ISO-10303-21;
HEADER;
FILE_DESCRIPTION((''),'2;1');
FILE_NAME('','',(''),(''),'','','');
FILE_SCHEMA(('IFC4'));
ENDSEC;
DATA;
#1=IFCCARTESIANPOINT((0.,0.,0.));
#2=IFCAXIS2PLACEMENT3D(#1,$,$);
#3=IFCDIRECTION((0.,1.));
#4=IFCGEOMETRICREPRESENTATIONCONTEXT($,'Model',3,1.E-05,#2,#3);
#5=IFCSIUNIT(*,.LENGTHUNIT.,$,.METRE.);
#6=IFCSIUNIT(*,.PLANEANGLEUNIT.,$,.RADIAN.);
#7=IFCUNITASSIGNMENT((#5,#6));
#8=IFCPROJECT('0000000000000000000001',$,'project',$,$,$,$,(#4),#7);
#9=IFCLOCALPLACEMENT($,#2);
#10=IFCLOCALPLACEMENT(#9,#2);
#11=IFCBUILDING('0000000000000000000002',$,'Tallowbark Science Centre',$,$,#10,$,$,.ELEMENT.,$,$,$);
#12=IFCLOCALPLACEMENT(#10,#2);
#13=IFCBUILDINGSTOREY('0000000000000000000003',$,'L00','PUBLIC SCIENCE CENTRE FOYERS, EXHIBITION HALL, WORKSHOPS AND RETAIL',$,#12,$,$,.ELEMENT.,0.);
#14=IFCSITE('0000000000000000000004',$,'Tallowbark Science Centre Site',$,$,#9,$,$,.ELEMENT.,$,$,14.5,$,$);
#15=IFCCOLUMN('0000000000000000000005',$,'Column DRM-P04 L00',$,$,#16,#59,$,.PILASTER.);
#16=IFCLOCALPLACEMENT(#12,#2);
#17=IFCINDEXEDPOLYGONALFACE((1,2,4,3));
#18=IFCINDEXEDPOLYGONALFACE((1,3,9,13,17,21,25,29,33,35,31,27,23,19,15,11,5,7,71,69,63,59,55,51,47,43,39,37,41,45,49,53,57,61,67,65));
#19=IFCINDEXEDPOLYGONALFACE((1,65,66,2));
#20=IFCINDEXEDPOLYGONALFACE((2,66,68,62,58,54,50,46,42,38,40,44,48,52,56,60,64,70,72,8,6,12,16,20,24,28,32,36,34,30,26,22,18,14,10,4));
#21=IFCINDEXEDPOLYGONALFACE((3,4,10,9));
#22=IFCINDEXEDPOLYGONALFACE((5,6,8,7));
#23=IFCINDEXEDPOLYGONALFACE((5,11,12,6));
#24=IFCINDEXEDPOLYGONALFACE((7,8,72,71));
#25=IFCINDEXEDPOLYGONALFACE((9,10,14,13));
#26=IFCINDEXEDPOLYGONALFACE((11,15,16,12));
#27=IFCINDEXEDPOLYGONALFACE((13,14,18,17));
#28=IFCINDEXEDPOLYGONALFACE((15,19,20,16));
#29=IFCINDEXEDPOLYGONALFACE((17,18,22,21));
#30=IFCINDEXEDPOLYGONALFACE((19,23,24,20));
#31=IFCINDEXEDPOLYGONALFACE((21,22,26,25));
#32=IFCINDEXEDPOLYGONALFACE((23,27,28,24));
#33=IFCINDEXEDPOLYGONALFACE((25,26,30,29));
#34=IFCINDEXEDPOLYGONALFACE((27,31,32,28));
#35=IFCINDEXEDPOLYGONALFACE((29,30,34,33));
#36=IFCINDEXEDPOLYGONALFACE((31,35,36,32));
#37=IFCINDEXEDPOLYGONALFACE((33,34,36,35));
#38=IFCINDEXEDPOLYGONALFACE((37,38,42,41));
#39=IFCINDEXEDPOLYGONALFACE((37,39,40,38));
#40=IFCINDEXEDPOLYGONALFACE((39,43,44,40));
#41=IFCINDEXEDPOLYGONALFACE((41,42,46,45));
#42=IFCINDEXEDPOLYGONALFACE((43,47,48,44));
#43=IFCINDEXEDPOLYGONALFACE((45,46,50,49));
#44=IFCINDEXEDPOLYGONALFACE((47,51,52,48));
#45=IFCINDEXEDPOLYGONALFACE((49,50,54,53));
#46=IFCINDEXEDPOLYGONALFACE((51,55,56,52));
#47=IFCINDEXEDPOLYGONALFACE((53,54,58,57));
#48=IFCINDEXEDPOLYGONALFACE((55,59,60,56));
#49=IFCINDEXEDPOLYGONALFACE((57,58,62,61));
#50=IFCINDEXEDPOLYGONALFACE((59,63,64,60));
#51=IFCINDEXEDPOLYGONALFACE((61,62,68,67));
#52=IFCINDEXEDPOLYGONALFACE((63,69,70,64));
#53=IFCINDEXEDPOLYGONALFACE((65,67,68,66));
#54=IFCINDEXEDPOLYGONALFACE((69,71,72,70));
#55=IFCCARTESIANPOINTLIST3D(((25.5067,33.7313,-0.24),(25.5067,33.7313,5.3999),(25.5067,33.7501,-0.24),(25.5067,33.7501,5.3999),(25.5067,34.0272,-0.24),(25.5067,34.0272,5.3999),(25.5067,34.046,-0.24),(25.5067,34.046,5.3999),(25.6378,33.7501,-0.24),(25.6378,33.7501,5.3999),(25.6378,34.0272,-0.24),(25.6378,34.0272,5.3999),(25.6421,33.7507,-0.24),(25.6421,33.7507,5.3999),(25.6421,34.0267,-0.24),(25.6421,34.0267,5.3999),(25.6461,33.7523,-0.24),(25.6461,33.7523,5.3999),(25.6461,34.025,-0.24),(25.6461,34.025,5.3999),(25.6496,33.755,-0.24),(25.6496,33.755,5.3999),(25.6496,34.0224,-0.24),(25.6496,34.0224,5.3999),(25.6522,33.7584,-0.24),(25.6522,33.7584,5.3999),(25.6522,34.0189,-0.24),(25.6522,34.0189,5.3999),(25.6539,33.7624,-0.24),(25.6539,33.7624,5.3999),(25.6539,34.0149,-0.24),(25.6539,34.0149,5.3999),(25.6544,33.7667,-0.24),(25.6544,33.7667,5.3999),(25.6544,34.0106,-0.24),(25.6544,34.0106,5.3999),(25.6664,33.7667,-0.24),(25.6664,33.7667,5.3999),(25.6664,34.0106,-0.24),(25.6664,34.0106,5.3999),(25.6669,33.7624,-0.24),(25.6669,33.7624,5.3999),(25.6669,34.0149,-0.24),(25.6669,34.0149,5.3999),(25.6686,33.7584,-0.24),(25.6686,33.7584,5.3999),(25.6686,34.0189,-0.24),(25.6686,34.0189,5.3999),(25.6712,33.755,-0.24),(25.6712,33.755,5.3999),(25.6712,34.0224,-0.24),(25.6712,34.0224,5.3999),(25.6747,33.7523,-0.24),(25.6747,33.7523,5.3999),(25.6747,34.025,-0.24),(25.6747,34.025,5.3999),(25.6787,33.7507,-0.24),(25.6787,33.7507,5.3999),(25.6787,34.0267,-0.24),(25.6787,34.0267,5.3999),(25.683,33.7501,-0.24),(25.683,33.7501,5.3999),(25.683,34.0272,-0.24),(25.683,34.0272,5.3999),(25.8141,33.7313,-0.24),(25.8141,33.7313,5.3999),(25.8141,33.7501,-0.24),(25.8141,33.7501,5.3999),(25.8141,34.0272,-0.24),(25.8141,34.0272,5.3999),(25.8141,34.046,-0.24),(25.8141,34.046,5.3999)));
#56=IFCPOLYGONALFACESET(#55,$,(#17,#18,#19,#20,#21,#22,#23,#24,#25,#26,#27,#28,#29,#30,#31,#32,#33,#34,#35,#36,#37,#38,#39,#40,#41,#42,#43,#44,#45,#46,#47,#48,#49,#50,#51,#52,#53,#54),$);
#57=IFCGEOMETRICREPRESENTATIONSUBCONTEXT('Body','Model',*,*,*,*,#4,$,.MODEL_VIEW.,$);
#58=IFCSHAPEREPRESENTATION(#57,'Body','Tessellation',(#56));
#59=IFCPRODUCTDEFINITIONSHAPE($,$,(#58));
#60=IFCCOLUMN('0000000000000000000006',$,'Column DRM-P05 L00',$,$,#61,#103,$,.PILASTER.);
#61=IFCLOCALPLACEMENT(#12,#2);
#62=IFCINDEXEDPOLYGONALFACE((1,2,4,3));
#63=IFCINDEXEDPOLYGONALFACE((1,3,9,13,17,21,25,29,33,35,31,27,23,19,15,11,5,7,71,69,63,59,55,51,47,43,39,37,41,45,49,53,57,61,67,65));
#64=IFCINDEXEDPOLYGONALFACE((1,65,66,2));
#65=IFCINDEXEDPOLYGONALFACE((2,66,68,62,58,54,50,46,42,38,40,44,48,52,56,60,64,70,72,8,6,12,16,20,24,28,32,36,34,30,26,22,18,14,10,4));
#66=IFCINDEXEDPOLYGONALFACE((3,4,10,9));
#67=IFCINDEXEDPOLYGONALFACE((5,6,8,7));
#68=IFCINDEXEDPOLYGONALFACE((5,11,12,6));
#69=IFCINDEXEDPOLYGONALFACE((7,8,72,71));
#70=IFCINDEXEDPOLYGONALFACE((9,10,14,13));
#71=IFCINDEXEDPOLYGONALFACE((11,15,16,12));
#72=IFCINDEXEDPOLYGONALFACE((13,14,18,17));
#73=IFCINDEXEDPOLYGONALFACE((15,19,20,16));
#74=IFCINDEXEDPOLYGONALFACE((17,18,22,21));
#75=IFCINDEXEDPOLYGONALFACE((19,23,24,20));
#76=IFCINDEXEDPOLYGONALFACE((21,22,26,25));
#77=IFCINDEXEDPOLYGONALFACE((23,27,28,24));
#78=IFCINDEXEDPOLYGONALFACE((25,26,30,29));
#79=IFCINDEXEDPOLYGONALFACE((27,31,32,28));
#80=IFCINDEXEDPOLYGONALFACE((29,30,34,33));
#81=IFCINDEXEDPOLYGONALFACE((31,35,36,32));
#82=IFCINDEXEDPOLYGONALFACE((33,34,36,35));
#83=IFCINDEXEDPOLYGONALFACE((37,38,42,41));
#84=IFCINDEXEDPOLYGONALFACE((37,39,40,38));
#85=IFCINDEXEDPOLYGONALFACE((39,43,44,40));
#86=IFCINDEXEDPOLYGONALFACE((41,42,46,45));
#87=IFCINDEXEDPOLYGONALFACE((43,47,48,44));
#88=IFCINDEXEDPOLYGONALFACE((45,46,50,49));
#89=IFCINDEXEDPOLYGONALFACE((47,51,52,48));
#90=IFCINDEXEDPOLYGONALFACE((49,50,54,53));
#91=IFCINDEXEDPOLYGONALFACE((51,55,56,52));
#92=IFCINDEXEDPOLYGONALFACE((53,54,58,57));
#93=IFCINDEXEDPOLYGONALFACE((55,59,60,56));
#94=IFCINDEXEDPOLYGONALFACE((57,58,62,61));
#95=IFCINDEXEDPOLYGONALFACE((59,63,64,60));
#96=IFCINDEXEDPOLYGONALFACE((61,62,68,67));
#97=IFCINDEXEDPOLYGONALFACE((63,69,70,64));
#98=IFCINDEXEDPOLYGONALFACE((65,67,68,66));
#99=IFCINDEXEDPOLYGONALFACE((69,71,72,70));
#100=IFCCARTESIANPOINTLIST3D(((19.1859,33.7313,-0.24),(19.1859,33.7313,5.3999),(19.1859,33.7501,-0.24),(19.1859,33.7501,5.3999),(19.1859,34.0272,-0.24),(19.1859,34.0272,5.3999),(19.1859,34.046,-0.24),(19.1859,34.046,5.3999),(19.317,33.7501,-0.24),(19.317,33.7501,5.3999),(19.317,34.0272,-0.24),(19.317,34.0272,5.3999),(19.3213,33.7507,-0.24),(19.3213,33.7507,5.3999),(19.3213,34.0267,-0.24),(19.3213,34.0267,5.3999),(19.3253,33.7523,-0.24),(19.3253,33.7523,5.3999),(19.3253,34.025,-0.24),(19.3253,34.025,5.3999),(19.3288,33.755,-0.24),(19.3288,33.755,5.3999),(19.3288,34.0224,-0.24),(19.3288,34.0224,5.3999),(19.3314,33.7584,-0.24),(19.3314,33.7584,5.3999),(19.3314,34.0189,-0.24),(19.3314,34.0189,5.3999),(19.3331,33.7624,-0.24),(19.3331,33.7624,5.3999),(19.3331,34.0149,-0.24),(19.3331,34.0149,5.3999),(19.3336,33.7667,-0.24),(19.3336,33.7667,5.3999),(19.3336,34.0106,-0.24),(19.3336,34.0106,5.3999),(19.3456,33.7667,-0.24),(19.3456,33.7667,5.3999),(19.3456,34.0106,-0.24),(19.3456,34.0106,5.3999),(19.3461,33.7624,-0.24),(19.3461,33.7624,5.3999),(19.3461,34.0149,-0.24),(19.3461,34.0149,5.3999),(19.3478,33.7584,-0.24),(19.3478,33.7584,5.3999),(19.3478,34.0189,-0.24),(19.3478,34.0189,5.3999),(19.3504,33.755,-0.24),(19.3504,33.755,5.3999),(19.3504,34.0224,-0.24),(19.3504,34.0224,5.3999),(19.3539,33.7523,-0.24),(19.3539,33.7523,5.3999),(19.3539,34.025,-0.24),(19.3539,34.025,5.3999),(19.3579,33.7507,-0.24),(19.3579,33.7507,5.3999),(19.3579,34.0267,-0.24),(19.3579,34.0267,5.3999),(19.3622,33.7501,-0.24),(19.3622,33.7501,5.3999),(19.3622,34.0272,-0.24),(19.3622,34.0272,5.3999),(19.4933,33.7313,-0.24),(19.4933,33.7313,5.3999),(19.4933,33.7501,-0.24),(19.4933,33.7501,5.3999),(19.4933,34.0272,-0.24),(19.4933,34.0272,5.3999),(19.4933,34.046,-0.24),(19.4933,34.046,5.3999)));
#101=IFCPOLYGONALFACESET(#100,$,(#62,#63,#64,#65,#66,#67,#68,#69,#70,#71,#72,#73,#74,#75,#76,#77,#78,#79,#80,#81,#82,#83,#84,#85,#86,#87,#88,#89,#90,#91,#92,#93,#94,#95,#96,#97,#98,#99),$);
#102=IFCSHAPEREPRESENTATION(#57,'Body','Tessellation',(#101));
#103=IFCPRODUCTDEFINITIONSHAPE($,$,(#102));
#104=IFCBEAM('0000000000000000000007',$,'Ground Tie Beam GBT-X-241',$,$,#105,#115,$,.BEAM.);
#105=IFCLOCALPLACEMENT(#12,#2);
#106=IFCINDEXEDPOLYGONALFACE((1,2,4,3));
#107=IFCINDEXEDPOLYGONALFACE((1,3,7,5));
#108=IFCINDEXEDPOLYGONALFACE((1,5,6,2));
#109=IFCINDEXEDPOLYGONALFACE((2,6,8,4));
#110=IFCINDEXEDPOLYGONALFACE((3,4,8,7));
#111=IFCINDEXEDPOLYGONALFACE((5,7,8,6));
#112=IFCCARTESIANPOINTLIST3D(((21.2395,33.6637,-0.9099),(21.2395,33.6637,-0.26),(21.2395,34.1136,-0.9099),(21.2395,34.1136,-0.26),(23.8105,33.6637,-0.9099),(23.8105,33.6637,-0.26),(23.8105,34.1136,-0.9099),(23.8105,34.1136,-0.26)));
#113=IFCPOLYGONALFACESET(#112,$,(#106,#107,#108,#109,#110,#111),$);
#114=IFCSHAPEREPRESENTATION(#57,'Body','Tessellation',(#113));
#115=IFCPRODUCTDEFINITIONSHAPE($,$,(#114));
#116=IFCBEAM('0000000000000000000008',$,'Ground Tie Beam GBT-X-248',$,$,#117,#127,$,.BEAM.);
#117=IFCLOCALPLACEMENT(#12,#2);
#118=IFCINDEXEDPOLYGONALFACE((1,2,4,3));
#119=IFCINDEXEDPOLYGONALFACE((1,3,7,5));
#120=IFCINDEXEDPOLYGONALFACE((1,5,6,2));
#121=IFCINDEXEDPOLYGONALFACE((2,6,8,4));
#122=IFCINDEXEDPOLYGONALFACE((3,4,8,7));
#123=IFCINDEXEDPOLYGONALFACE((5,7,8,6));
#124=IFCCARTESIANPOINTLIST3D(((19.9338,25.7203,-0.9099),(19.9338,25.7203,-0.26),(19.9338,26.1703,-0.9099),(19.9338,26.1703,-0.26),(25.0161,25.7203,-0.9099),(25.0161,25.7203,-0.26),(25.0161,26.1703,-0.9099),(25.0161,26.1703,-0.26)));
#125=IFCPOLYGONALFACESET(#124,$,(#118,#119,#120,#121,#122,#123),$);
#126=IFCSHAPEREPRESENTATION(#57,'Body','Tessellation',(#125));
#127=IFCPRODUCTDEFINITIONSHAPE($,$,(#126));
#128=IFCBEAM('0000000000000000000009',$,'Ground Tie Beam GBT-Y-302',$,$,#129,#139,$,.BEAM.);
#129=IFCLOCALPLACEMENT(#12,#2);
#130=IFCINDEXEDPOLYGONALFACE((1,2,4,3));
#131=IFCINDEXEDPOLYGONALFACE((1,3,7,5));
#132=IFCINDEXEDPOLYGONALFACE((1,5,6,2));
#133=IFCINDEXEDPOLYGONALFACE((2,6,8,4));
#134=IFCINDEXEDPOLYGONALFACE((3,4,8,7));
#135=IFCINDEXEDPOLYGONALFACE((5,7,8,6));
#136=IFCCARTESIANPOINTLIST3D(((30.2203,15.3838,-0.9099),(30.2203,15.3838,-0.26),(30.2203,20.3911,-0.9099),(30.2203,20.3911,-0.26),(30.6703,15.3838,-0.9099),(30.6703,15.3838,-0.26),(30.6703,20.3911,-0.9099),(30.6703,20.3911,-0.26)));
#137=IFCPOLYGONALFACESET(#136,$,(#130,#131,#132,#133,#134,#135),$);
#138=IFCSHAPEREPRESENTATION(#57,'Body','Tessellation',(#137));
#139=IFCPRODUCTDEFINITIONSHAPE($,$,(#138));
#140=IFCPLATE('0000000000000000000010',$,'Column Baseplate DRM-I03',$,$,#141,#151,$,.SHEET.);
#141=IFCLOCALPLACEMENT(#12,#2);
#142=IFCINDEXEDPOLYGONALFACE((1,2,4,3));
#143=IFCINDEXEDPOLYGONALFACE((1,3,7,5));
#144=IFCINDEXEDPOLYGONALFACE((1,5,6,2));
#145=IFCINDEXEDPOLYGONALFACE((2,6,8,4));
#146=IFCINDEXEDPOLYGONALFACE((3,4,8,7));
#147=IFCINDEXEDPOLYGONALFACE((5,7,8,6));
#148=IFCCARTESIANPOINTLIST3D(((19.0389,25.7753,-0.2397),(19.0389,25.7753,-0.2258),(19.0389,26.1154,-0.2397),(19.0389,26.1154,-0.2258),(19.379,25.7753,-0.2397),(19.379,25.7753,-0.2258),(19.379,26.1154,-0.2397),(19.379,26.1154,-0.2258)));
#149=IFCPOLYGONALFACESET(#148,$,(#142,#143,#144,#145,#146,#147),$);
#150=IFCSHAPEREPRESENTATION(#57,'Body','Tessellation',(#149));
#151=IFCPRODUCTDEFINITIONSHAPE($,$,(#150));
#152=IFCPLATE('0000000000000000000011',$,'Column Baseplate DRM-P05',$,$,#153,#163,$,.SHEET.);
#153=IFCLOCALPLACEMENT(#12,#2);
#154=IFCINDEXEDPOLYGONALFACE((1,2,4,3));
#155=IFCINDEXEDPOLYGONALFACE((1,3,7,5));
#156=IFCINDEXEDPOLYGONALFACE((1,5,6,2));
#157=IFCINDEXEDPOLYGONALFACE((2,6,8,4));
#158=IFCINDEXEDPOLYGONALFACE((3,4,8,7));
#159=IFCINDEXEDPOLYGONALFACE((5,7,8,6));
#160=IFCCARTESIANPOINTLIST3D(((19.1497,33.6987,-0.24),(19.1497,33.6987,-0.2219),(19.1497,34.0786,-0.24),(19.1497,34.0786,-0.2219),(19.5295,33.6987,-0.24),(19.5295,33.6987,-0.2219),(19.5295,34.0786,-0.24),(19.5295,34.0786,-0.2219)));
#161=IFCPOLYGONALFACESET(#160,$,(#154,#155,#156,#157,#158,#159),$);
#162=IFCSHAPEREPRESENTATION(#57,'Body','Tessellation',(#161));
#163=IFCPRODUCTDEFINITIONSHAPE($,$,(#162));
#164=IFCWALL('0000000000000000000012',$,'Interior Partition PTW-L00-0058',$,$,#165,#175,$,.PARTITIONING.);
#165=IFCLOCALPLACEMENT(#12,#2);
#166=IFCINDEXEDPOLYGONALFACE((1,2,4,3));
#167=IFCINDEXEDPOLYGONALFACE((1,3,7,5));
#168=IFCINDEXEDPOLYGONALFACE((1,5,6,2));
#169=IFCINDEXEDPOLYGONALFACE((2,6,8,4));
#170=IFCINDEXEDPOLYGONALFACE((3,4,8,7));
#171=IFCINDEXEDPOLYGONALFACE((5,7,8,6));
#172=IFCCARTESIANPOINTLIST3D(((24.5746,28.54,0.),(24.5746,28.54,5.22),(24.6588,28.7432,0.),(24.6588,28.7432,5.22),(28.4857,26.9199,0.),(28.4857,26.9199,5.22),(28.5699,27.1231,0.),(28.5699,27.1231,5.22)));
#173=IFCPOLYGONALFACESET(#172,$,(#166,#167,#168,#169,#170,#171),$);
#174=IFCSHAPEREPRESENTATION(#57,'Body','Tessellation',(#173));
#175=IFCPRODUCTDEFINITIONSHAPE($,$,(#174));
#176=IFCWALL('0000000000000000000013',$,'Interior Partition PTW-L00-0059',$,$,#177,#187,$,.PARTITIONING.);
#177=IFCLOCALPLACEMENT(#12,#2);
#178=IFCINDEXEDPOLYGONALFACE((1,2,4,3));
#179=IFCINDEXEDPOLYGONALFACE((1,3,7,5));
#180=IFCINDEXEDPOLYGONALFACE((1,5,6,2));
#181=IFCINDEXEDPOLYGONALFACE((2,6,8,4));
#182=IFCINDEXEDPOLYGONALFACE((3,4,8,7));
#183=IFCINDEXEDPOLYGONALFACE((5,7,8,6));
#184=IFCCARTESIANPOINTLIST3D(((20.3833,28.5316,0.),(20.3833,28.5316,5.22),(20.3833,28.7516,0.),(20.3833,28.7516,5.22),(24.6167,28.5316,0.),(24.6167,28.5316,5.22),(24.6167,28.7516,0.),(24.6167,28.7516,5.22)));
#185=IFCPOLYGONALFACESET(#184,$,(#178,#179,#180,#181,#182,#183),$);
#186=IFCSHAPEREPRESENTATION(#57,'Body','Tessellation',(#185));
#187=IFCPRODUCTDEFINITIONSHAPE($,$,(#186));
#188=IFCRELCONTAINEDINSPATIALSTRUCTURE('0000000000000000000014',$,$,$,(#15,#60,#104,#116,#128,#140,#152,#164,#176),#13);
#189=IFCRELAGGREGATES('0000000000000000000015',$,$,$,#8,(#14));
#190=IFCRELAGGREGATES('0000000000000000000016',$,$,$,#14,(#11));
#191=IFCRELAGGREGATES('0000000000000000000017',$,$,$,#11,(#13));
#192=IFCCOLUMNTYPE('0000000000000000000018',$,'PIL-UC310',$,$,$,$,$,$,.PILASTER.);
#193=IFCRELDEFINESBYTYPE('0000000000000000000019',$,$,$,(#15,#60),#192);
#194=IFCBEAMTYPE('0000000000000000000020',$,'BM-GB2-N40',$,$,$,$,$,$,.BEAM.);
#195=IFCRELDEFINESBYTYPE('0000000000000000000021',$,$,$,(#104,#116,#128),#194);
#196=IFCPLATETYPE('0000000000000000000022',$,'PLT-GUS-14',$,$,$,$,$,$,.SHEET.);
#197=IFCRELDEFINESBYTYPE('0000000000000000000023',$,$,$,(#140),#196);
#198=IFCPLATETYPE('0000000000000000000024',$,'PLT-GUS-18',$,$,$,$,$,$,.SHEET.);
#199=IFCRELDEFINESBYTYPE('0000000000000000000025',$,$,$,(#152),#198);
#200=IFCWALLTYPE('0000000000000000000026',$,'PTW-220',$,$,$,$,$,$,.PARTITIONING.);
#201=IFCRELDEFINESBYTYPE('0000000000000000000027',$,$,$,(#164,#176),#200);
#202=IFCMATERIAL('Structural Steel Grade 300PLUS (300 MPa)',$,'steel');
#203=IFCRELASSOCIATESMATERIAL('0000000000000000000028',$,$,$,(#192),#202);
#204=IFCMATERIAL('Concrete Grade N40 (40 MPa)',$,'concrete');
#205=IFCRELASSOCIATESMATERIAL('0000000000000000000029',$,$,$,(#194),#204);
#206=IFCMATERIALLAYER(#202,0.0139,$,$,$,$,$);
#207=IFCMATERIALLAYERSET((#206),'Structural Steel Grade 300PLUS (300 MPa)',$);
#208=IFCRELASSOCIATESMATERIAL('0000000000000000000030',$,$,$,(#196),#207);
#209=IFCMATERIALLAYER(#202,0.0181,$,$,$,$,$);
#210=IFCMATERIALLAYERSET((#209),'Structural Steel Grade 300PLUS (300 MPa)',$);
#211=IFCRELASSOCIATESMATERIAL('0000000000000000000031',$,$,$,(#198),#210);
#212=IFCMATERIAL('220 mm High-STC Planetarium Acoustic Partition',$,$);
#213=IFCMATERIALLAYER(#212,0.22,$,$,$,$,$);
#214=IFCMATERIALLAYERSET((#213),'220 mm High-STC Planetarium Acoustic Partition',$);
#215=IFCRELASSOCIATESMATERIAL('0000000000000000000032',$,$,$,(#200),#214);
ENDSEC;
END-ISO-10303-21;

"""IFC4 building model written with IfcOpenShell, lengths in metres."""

from ifc_helpers import new_model, si_unit, direction, frame, frame_2d, origin, origin_2d, place, context, subcontext, project, spatial, rectangle, i_section, extrude, material, layer, layer_set, material_profile, profile_set, type_object, element, save


model = new_model("IFC4")

# Units and contexts
model_context = context("Model", 3, precision=1e-05, world=origin(), true_north=direction((0.0, 1.0)))
body_context = subcontext(model_context, "Body", "Model", "MODEL_VIEW")
ifc_project = project(units=[si_unit("LENGTHUNIT", "METRE"), si_unit("PLANEANGLEUNIT", "RADIAN")], contexts=[model_context])

# Site, building, storey
site_placement = place(None, origin())
site = spatial("IfcSite", under=ifc_project, at=site_placement, Name="Tallowbark Science Centre Site", CompositionType="ELEMENT", RefElevation=14.5)
building_placement = place(site_placement, origin())
building = spatial("IfcBuilding", under=site, at=building_placement, Name="Tallowbark Science Centre", CompositionType="ELEMENT")
storey_placement = place(building_placement, origin())
storey = spatial("IfcBuildingStorey", under=building, at=storey_placement, Name="L00", Description="PUBLIC SCIENCE CENTRE FOYERS, EXHIBITION HALL, WORKSHOPS AND RETAIL", CompositionType="ELEMENT", Elevation=0.0)

# Shared definitions
ifc_material_1 = material(Name="Concrete Grade N40 (40 MPa)", Category="concrete")

# Columns
ifc_material_2 = material(Name="Structural Steel Grade 300PLUS (300 MPa)", Category="steel")
ifc_material_profile_1 = material_profile(ifc_material_2, i_section(OverallWidth=0.3074, OverallDepth=0.3147, WebThickness=0.012, FlangeThickness=0.0188, FilletRadius=0.0166, at=origin_2d()), Name="310UC118")
ifc_profile_set_1 = profile_set([ifc_material_profile_1], Name="Structural Steel Grade 300PLUS (300 MPa)")
column_type_1 = type_object("IfcColumnType", Name="PIL-UC310", PredefinedType="PILASTER", material=ifc_profile_set_1)
for number, where, z_axis, x_axis, name in (
    (1, (25.6604, 33.8887, -0.24), (0.0, 0.0, 1.0), (1.0, 0.0, 0.0), "Column DRM-P04 L00"),
    (2, (19.3396, 33.8887, -0.24), (0.0, 0.0, 1.0), (1.0, 0.0, 0.0), "Column DRM-P05 L00"),
):
    element("IfcColumn", number, at=place(storey_placement, frame(where, z_axis=z_axis, x_axis=x_axis)), inside=storey, type_object=column_type_1, Name=name, PredefinedType="PILASTER", context=body_context, shape_type="SweptSolid", body=[
        extrude(i_section(OverallWidth=0.3074, OverallDepth=0.3147, WebThickness=0.012, FlangeThickness=0.0188, FilletRadius=0.0166, at=origin_2d()), origin(), (0.0, 0.0, 1.0), 5.6399),
    ])

# Beams
ifc_material_profile_2 = material_profile(ifc_material_1, rectangle(XDim=0.45, YDim=0.6499, at=origin_2d()), Name="RC450x650")
ifc_profile_set_2 = profile_set([ifc_material_profile_2], Name="Concrete Grade N40 (40 MPa)")
beam_type = type_object("IfcBeamType", Name="BM-GB2-N40", PredefinedType="BEAM", material=ifc_profile_set_2)
beam_1_placement = place(storey_placement, frame((21.2395, 33.8887, -0.585), z_axis=(1.0, 0.0, 0.0), x_axis=(0.0, 1.0, 0.0)))
element("IfcBeam", 3, at=beam_1_placement, inside=storey, type_object=beam_type, Name="Ground Tie Beam GBT-X-241", PredefinedType="BEAM", context=body_context, shape_type="SweptSolid", body=[
    extrude(rectangle(XDim=0.45, YDim=0.6499, at=origin_2d()), origin(), (0.0, 0.0, 1.0), 2.571),
])
beam_2_placement = place(storey_placement, frame((19.9338, 25.9453, -0.585), z_axis=(1.0, 0.0, 0.0), x_axis=(0.0, 1.0, 0.0)))
element("IfcBeam", 4, at=beam_2_placement, inside=storey, type_object=beam_type, Name="Ground Tie Beam GBT-X-248", PredefinedType="BEAM", context=body_context, shape_type="SweptSolid", body=[
    extrude(rectangle(XDim=0.45, YDim=0.6499, at=origin_2d()), origin(), (0.0, 0.0, 1.0), 5.0823),
])
beam_3_placement = place(storey_placement, frame((30.4453, 15.3838, -0.585), z_axis=(0.0, 1.0, 0.0), x_axis=(-1.0, 0.0, 0.0)))
element("IfcBeam", 5, at=beam_3_placement, inside=storey, type_object=beam_type, Name="Ground Tie Beam GBT-Y-302", PredefinedType="BEAM", context=body_context, shape_type="SweptSolid", body=[
    extrude(rectangle(XDim=0.45, YDim=0.6499, at=origin_2d()), origin(), (0.0, 0.0, 1.0), 5.0073),
])

# Plates
ifc_layer_1 = layer(ifc_material_2, 0.0139)
ifc_layer_set_1 = layer_set([ifc_layer_1], Name="Structural Steel Grade 300PLUS (300 MPa)")
plate_type_1 = type_object("IfcPlateType", Name="PLT-GUS-14", PredefinedType="SHEET", material=ifc_layer_set_1)
plate_1_placement = place(storey_placement, frame((19.209, 25.9453, -0.2397), z_axis=(0.0, 0.0, 1.0), x_axis=(1.0, 0.0, 0.0)))
element("IfcPlate", 6, at=plate_1_placement, inside=storey, type_object=plate_type_1, Name="Column Baseplate DRM-I03", PredefinedType="SHEET", context=body_context, shape_type="SweptSolid", body=[
    extrude(rectangle(XDim=0.3401, YDim=0.3401, at=origin_2d()), origin(), (0.0, 0.0, 1.0), 0.0139),
])
ifc_layer_2 = layer(ifc_material_2, 0.0181)
ifc_layer_set_2 = layer_set([ifc_layer_2], Name="Structural Steel Grade 300PLUS (300 MPa)")
plate_type_2 = type_object("IfcPlateType", Name="PLT-GUS-18", PredefinedType="SHEET", material=ifc_layer_set_2)
plate_2_placement = place(storey_placement, frame((19.3396, 33.8887, -0.24), z_axis=(0.0, 0.0, 1.0), x_axis=(1.0, 0.0, 0.0)))
element("IfcPlate", 7, at=plate_2_placement, inside=storey, type_object=plate_type_2, Name="Column Baseplate DRM-P05", PredefinedType="SHEET", context=body_context, shape_type="SweptSolid", body=[
    extrude(rectangle(XDim=0.3799, YDim=0.3799, at=origin_2d()), origin(), (0.0, 0.0, 1.0), 0.0181),
])

# Walls
ifc_material_3 = material(Name="220 mm High-STC Planetarium Acoustic Partition")
ifc_layer_3 = layer(ifc_material_3, 0.22)
ifc_layer_set_3 = layer_set([ifc_layer_3], Name="220 mm High-STC Planetarium Acoustic Partition")
wall_type_1 = type_object("IfcWallType", Name="PTW-220", PredefinedType="PARTITIONING", material=ifc_layer_set_3)
for number, where, z_axis, x_axis, name in (
    (8, (28.5278, 27.0215, 0.0), (0.0, 0.0, 1.0), (-0.923873, 0.382698, 0.0), "Interior Partition PTW-L00-0058"),
    (9, (24.6167, 28.6416, 0.0), (0.0, 0.0, 1.0), (-1.0, 0.0, 0.0), "Interior Partition PTW-L00-0059"),
):
    element("IfcWall", number, at=place(storey_placement, frame(where, z_axis=z_axis, x_axis=x_axis)), inside=storey, type_object=wall_type_1, Name=name, PredefinedType="PARTITIONING", context=body_context, shape_type="SweptSolid", body=[
        extrude(rectangle(XDim=4.2334, YDim=0.22, at=frame_2d((2.1167, 0.0))), origin(), (0.0, 0.0, 1.0), 5.22),
    ])

save(model, "model.ifc")
